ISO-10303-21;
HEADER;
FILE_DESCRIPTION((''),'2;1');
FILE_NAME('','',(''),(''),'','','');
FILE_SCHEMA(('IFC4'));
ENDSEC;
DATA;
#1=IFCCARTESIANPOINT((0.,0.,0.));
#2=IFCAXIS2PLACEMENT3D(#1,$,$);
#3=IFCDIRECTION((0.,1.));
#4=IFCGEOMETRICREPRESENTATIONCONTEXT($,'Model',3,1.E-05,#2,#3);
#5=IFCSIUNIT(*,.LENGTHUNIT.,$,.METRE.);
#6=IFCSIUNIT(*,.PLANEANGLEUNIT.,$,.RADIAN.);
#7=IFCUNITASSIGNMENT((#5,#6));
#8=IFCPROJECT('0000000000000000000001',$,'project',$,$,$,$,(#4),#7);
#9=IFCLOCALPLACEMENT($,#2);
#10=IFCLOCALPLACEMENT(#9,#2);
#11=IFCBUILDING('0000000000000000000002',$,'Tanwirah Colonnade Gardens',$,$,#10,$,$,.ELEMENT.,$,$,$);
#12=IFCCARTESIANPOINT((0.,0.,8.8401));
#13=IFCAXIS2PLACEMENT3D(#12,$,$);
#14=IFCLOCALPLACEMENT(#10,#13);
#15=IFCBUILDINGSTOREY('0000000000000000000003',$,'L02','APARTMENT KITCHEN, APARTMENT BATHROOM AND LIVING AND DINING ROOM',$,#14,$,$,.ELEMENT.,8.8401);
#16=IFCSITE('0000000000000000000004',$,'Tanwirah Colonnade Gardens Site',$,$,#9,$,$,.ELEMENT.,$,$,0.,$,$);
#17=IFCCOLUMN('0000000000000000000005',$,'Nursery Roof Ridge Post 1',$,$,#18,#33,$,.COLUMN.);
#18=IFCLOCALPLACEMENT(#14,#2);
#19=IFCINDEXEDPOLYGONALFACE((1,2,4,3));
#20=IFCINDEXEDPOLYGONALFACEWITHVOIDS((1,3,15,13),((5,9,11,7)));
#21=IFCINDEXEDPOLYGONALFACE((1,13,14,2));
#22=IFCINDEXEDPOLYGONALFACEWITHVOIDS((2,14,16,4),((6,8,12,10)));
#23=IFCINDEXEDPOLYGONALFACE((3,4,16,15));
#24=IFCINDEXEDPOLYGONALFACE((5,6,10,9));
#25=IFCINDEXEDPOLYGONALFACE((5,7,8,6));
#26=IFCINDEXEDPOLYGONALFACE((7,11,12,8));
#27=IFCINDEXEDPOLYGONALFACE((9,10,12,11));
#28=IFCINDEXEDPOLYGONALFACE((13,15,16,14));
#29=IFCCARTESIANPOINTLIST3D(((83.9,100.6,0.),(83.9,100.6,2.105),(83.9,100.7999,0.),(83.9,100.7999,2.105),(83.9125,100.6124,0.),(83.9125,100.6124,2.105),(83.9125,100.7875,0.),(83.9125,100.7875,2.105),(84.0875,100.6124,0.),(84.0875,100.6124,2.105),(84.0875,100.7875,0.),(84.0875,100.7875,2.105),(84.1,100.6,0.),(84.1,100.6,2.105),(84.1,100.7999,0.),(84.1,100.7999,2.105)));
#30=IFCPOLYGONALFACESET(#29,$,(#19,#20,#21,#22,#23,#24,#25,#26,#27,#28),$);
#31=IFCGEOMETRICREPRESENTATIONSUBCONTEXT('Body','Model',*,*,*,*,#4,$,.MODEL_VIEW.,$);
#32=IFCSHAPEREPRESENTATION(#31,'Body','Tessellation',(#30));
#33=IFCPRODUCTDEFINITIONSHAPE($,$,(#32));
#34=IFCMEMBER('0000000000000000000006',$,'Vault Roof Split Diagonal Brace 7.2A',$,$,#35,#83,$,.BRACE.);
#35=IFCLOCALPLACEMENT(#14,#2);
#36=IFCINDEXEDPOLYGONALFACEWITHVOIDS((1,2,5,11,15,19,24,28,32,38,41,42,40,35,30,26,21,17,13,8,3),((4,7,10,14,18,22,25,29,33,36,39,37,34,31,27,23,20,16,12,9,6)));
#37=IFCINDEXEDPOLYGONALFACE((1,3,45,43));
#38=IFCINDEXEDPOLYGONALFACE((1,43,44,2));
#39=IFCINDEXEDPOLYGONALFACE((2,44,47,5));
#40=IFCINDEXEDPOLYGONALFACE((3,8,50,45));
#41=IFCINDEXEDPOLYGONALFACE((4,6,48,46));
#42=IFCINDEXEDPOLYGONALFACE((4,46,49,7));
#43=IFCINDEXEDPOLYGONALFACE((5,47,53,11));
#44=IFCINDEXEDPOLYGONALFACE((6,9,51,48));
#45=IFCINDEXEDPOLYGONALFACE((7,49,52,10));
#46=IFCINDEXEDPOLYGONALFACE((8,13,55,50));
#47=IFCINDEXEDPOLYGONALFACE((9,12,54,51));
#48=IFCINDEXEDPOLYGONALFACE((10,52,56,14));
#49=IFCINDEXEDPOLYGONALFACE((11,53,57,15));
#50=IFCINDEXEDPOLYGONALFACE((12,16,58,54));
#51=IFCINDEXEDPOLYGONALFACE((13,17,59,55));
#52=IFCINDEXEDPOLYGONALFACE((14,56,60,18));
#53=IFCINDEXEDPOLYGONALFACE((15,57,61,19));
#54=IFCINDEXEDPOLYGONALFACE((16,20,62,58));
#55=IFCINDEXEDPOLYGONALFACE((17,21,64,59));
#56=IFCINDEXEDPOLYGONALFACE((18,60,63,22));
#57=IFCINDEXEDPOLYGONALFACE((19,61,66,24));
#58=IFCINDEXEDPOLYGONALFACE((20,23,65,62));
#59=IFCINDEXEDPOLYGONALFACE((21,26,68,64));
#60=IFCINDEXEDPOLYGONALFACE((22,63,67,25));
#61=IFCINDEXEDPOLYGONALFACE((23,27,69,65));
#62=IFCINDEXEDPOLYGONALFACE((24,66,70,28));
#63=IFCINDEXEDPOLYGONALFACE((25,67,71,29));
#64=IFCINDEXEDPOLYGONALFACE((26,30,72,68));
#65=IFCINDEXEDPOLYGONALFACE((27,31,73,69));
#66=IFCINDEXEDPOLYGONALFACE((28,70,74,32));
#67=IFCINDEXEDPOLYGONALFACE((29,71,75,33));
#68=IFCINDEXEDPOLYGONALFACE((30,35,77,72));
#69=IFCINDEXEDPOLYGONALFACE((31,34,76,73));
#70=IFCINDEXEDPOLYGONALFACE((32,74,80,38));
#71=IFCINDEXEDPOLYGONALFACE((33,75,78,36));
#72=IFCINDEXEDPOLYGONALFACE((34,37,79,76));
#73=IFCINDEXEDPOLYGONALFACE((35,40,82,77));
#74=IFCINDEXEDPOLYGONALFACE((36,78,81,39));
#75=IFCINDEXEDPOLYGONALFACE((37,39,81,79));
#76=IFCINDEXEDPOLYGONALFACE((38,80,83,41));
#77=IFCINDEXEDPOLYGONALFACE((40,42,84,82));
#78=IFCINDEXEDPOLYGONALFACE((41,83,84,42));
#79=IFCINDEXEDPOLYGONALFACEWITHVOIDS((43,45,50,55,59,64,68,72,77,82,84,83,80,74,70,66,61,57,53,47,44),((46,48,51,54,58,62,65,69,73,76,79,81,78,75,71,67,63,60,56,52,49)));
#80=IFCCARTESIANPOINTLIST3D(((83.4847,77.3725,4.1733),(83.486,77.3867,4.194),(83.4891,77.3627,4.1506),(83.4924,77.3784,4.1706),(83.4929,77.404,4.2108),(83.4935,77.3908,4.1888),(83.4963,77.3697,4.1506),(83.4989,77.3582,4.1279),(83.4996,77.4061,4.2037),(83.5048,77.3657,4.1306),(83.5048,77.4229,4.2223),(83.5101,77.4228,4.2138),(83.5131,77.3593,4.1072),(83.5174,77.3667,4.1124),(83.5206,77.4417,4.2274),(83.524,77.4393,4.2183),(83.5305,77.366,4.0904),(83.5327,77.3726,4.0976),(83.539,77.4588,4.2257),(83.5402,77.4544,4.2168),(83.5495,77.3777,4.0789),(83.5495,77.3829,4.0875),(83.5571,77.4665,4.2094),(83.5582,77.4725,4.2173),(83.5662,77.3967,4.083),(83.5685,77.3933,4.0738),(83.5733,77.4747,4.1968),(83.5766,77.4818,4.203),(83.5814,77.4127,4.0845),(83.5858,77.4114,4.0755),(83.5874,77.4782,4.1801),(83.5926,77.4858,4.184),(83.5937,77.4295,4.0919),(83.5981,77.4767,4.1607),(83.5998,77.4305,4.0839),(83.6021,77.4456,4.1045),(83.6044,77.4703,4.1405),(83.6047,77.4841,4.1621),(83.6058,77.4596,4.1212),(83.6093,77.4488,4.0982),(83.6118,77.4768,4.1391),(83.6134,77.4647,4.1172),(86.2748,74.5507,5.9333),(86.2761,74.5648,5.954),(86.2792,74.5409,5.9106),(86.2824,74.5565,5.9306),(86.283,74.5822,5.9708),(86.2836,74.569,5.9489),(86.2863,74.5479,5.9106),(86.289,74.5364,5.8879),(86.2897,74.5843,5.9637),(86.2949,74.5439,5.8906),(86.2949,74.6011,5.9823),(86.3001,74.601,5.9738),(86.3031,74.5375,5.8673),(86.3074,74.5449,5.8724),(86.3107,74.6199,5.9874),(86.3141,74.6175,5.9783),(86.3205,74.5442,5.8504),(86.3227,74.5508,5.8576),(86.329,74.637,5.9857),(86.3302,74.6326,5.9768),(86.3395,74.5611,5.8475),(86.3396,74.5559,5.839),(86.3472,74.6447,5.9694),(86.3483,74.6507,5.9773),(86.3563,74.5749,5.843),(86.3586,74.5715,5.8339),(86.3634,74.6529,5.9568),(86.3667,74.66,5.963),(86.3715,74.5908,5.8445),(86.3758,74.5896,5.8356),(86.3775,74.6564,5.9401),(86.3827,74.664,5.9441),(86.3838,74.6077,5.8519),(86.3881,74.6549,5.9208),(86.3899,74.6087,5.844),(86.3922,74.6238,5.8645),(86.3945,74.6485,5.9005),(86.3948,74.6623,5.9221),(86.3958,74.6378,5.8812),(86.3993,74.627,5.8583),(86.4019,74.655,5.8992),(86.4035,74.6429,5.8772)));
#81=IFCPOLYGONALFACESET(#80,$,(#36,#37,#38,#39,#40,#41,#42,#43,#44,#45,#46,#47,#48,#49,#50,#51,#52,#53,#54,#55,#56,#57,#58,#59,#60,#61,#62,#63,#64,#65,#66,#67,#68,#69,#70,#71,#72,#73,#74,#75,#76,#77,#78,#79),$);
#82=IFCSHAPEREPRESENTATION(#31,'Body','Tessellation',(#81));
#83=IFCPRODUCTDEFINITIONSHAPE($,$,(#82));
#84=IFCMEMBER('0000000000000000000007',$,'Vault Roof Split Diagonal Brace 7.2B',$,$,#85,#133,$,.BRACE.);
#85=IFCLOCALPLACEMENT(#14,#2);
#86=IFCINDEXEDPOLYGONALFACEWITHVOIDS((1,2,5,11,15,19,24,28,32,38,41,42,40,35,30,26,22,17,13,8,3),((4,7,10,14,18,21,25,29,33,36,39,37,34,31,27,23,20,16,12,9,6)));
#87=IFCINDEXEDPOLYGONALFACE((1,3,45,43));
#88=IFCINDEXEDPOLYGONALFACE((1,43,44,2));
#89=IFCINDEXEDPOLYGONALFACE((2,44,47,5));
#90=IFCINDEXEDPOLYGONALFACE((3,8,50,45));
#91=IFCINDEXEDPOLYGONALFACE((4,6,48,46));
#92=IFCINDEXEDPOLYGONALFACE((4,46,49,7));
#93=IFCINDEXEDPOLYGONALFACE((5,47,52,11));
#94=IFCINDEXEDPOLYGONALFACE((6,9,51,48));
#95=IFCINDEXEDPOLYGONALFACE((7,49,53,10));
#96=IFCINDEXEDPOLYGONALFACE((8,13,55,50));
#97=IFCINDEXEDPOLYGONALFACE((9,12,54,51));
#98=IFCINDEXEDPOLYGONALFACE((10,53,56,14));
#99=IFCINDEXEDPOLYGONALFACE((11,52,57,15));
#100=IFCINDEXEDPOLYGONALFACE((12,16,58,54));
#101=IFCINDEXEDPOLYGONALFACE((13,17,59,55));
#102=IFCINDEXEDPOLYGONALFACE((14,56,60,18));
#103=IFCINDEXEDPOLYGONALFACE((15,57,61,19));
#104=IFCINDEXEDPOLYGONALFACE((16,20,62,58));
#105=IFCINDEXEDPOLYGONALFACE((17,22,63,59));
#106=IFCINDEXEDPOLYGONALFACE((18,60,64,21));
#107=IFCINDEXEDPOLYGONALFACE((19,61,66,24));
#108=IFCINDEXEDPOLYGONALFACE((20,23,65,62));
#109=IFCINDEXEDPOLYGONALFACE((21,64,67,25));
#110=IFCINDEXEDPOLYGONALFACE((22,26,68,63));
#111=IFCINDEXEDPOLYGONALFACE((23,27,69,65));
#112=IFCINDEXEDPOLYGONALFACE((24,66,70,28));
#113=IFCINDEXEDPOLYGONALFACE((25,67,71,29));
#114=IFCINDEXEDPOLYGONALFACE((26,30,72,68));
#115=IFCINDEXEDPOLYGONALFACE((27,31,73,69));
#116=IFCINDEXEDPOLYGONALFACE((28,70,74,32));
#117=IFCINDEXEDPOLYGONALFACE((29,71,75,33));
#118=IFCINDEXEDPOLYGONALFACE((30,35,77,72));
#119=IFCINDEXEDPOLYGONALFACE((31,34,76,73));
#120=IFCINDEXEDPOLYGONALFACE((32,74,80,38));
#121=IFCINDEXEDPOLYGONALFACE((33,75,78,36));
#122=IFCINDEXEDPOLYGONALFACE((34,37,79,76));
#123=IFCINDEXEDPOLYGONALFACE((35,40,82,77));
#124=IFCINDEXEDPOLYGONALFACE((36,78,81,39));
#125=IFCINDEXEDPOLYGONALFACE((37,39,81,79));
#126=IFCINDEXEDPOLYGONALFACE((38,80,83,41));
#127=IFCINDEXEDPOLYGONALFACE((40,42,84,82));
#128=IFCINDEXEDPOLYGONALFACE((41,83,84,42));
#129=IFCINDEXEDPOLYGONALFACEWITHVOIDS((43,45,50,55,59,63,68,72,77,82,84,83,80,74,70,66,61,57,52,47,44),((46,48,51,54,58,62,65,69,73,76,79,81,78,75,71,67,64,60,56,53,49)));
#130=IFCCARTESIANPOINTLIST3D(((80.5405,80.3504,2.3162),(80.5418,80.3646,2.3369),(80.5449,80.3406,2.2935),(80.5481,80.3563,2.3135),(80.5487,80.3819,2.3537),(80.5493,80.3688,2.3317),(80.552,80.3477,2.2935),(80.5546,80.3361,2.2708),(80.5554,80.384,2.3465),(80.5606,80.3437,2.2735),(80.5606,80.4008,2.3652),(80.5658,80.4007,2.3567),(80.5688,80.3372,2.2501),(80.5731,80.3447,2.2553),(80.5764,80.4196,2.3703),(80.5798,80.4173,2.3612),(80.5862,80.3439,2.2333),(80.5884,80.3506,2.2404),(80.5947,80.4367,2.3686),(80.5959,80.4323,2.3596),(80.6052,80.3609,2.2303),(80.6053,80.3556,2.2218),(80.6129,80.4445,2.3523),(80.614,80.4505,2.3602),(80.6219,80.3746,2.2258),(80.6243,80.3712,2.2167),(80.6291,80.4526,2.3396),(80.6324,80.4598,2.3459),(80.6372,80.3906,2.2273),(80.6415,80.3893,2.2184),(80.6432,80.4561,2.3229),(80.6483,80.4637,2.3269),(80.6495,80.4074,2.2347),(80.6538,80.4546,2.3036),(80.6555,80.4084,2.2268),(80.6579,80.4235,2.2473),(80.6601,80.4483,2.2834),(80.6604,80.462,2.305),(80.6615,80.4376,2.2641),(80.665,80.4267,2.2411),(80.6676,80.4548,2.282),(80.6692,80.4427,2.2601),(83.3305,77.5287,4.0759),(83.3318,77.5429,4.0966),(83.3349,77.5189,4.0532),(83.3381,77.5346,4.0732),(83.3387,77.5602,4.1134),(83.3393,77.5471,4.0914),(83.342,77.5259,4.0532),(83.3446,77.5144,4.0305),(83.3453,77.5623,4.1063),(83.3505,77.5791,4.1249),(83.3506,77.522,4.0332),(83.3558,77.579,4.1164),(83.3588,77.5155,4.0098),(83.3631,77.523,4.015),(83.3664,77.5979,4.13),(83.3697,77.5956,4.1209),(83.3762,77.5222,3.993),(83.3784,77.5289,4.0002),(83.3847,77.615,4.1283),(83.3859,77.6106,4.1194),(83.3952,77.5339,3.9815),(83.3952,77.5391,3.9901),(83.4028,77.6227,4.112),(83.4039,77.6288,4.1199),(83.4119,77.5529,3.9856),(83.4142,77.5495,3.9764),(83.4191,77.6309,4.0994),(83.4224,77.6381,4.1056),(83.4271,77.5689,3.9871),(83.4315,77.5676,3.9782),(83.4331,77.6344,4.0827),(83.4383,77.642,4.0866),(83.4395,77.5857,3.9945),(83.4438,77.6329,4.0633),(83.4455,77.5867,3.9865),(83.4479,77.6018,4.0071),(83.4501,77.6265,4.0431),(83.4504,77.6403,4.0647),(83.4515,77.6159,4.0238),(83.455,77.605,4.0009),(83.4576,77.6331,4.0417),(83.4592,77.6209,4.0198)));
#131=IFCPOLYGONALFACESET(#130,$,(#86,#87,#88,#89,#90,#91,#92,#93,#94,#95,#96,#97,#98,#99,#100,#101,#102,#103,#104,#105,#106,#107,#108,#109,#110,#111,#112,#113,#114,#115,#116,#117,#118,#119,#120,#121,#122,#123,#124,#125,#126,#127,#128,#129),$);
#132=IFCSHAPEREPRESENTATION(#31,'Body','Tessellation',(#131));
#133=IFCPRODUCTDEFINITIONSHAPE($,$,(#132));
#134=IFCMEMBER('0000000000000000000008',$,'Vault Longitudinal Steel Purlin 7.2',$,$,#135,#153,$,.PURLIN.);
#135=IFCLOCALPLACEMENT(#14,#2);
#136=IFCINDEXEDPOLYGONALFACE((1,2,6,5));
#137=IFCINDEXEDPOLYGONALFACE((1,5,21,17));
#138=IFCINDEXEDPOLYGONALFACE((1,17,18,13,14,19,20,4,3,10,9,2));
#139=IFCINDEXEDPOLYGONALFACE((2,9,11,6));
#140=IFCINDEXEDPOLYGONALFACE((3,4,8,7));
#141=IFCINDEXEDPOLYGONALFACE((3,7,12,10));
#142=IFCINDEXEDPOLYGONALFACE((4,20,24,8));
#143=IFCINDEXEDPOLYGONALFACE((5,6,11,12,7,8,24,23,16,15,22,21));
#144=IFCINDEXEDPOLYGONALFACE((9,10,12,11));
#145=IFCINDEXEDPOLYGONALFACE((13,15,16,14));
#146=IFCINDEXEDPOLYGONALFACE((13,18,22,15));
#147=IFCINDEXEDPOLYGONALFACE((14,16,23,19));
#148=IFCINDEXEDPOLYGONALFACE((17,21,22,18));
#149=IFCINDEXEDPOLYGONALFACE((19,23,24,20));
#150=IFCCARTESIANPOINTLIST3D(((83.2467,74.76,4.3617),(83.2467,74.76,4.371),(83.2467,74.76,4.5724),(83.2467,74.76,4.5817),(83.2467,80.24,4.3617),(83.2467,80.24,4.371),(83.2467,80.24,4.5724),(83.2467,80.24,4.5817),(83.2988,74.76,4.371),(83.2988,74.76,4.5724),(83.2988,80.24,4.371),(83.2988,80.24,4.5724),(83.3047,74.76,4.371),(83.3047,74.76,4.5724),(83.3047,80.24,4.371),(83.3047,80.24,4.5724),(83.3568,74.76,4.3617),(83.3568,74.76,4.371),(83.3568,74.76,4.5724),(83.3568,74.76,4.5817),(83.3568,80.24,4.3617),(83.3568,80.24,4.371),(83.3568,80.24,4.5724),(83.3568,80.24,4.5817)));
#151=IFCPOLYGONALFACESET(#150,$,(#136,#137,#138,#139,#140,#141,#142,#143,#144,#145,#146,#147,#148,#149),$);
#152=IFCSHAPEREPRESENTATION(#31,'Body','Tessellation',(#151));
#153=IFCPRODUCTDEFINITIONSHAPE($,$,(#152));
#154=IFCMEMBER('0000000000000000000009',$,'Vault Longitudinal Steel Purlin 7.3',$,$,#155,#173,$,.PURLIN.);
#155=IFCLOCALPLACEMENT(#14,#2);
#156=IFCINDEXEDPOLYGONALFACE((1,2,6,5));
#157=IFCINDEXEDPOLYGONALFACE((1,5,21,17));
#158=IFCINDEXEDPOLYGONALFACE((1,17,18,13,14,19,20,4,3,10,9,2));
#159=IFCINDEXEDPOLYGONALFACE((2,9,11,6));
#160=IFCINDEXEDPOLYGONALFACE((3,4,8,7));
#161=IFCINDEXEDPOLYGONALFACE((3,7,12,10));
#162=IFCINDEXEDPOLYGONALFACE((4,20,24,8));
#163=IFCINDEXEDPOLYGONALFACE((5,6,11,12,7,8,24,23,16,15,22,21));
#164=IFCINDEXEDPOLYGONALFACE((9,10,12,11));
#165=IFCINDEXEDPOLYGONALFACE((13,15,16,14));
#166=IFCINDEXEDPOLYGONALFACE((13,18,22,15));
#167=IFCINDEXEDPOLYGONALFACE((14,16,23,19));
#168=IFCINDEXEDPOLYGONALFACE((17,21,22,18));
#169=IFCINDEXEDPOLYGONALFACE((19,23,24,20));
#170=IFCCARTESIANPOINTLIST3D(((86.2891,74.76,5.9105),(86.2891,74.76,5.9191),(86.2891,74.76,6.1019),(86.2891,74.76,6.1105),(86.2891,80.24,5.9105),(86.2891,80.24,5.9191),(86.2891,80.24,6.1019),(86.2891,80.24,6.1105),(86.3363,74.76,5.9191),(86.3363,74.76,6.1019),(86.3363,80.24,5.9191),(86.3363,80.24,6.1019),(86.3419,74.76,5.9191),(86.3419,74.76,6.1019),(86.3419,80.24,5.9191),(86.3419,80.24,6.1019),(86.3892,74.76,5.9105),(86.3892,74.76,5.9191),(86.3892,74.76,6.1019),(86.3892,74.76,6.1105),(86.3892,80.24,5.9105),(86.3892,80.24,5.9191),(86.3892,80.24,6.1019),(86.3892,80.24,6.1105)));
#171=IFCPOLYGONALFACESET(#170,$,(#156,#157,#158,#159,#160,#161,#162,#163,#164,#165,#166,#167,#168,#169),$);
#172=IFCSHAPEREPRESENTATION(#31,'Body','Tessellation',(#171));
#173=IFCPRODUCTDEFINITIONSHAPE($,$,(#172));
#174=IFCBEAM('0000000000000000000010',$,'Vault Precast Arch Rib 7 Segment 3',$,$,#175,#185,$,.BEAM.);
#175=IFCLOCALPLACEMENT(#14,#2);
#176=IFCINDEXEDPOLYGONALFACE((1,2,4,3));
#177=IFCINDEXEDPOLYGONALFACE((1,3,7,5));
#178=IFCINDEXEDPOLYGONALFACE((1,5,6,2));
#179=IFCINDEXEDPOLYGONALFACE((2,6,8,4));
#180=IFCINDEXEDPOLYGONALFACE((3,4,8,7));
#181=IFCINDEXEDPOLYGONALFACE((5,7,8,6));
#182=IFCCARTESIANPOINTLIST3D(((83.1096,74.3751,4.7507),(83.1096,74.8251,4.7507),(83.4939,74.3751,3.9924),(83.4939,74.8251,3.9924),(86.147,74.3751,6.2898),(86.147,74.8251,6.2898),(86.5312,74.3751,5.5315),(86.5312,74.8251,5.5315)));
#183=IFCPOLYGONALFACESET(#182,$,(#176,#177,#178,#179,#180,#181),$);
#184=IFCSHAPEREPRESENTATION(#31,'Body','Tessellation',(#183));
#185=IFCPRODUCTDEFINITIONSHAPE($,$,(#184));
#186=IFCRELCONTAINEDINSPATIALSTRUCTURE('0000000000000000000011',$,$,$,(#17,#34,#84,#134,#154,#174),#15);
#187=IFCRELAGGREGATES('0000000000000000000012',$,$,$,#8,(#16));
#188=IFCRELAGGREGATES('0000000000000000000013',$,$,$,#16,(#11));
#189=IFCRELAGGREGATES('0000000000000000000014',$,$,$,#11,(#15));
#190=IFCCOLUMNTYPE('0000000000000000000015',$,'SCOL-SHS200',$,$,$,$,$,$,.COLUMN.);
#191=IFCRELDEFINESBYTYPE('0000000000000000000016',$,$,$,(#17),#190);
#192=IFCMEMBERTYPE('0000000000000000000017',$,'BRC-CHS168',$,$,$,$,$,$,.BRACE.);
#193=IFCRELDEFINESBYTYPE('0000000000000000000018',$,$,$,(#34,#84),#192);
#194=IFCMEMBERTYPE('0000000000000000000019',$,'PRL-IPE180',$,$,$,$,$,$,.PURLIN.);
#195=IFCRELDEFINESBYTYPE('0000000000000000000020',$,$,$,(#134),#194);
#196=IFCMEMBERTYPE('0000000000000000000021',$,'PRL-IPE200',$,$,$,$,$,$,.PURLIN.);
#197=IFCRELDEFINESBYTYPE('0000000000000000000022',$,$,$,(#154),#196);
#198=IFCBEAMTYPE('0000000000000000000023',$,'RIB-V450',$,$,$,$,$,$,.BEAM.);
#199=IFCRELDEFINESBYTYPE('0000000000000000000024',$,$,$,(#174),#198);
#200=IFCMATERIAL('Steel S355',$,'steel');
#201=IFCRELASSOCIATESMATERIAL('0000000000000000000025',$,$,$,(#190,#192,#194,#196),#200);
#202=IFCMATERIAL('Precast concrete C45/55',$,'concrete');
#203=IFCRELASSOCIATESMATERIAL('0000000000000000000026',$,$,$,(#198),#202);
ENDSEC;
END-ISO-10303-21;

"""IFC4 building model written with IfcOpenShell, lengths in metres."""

from ifc_helpers import new_model, si_unit, direction, frame, origin, origin_2d, place, context, subcontext, project, spatial, rectangle, hollow_rectangle, hollow_circle, i_section, extrude, material, material_profile, profile_set, type_object, element, save


model = new_model("IFC4")

# Units and contexts
model_context = context("Model", 3, precision=1e-05, world=origin(), true_north=direction((0.0, 1.0)))
body_context = subcontext(model_context, "Body", "Model", "MODEL_VIEW")
ifc_project = project(units=[si_unit("LENGTHUNIT", "METRE"), si_unit("PLANEANGLEUNIT", "RADIAN")], contexts=[model_context])

# Site, building, storey
site_placement = place(None, origin())
site = spatial("IfcSite", under=ifc_project, at=site_placement, Name="Tanwirah Colonnade Gardens Site", CompositionType="ELEMENT", RefElevation=0.0)
building_placement = place(site_placement, origin())
building = spatial("IfcBuilding", under=site, at=building_placement, Name="Tanwirah Colonnade Gardens", CompositionType="ELEMENT")
storey_placement = place(building_placement, frame((0.0, 0.0, 8.8401)))
storey = spatial("IfcBuildingStorey", under=building, at=storey_placement, Name="L02", Description="APARTMENT KITCHEN, APARTMENT BATHROOM AND LIVING AND DINING ROOM", CompositionType="ELEMENT", Elevation=8.8401)

# Column
ifc_material_1 = material(Name="Steel S355", Category="steel")
ifc_material_profile_1 = material_profile(ifc_material_1, hollow_rectangle(XDim=0.2, YDim=0.2, WallThickness=0.0125, at=origin_2d()), Name="SHS 200x200x12.5")
ifc_profile_set_1 = profile_set([ifc_material_profile_1], Name="Steel S355")
column_type = type_object("IfcColumnType", Name="SCOL-SHS200", PredefinedType="COLUMN", material=ifc_profile_set_1)
column_placement = place(storey_placement, frame((84.0, 100.7, 0.0), z_axis=(0.0, 0.0, 1.0), x_axis=(1.0, 0.0, 0.0)))
element("IfcColumn", 1, at=column_placement, inside=storey, type_object=column_type, Name="Nursery Roof Ridge Post 1", PredefinedType="COLUMN", context=body_context, shape_type="SweptSolid", body=[
    extrude(hollow_rectangle(XDim=0.2, YDim=0.2, WallThickness=0.0125, at=origin_2d()), origin(), (0.0, 0.0, 1.0), 2.105),
])

# Members
ifc_material_profile_2 = material_profile(ifc_material_1, hollow_circle(Radius=0.0842, WallThickness=0.01, at=origin_2d()), Name="CHS 168.3x10")
ifc_profile_set_2 = profile_set([ifc_material_profile_2], Name="Steel S355")
member_type_1 = type_object("IfcMemberType", Name="BRC-CHS168", PredefinedType="BRACE", material=ifc_profile_set_2)
member_1_placement = place(storey_placement, frame((86.3391, 74.6001, 5.9106), z_axis=(-0.642716, 0.650028, -0.405438), x_axis=(-0.711095, -0.703096, 0.0)))
element("IfcMember", 2, at=member_1_placement, inside=storey, type_object=member_type_1, Name="Vault Roof Split Diagonal Brace 7.2A", PredefinedType="BRACE", context=body_context, shape_type="SweptSolid", body=[
    extrude(hollow_circle(Radius=0.0842, WallThickness=0.01, at=origin_2d()), origin(), (0.0, 0.0, 1.0), 4.3411),
])
member_2_placement = place(storey_placement, frame((83.3948, 77.5781, 4.0532), z_axis=(-0.642731, 0.650042, -0.405391), x_axis=(-0.711095, -0.703096, 0.0)))
element("IfcMember", 3, at=member_2_placement, inside=storey, type_object=member_type_1, Name="Vault Roof Split Diagonal Brace 7.2B", PredefinedType="BRACE", context=body_context, shape_type="SweptSolid", body=[
    extrude(hollow_circle(Radius=0.0842, WallThickness=0.01, at=origin_2d()), origin(), (0.0, 0.0, 1.0), 4.3408),
])
ifc_material_profile_3 = material_profile(ifc_material_1, i_section(OverallWidth=0.1101, OverallDepth=0.22, WebThickness=0.0059, FlangeThickness=0.0093, at=origin_2d()), Name="IPE 220")
ifc_profile_set_3 = profile_set([ifc_material_profile_3], Name="Steel S355")
member_type_2 = type_object("IfcMemberType", Name="PRL-IPE180", PredefinedType="PURLIN", material=ifc_profile_set_3)
member_3_placement = place(storey_placement, frame((83.3018, 74.76, 4.4717), z_axis=(0.0, 1.0, 0.0), x_axis=(-1.0, 0.0, 0.0)))
element("IfcMember", 4, at=member_3_placement, inside=storey, type_object=member_type_2, Name="Vault Longitudinal Steel Purlin 7.2", PredefinedType="PURLIN", context=body_context, shape_type="SweptSolid", body=[
    extrude(i_section(OverallWidth=0.1101, OverallDepth=0.22, WebThickness=0.0059, FlangeThickness=0.0093, at=origin_2d()), origin(), (0.0, 0.0, 1.0), 5.48),
])
ifc_material_profile_4 = material_profile(ifc_material_1, i_section(OverallWidth=0.1001, OverallDepth=0.2, WebThickness=0.0056, FlangeThickness=0.0085, at=origin_2d()), Name="IPE 200")
ifc_profile_set_4 = profile_set([ifc_material_profile_4], Name="Steel S355")
member_type_3 = type_object("IfcMemberType", Name="PRL-IPE200", PredefinedType="PURLIN", material=ifc_profile_set_4)
member_4_placement = place(storey_placement, frame((86.3391, 74.76, 6.0105), z_axis=(0.0, 1.0, 0.0), x_axis=(-1.0, 0.0, 0.0)))
element("IfcMember", 5, at=member_4_placement, inside=storey, type_object=member_type_3, Name="Vault Longitudinal Steel Purlin 7.3", PredefinedType="PURLIN", context=body_context, shape_type="SweptSolid", body=[
    extrude(i_section(OverallWidth=0.1001, OverallDepth=0.2, WebThickness=0.0056, FlangeThickness=0.0085, at=origin_2d()), origin(), (0.0, 0.0, 1.0), 5.48),
])

# Beam
ifc_material_2 = material(Name="Precast concrete C45/55", Category="concrete")
ifc_material_profile_5 = material_profile(ifc_material_2, rectangle(XDim=0.45, YDim=0.8501, at=origin_2d()), Name="PC-RIB 450x850")
ifc_profile_set_5 = profile_set([ifc_material_profile_5], Name="Precast concrete C45/55")
beam_type_1 = type_object("IfcBeamType", Name="RIB-V450", PredefinedType="BEAM", material=ifc_profile_set_5)
beam_1_placement = place(storey_placement, frame((83.3018, 74.6001, 4.3716), z_axis=(0.89202, 0.0, 0.451997), x_axis=(0.0, 1.0, 0.0)))
element("IfcBeam", 6, at=beam_1_placement, inside=storey, type_object=beam_type_1, Name="Vault Precast Arch Rib 7 Segment 3", PredefinedType="BEAM", context=body_context, shape_type="SweptSolid", body=[
    extrude(rectangle(XDim=0.45, YDim=0.8501, at=origin_2d()), origin(), (0.0, 0.0, 1.0), 3.405),
])

save(model, "model.ifc")
